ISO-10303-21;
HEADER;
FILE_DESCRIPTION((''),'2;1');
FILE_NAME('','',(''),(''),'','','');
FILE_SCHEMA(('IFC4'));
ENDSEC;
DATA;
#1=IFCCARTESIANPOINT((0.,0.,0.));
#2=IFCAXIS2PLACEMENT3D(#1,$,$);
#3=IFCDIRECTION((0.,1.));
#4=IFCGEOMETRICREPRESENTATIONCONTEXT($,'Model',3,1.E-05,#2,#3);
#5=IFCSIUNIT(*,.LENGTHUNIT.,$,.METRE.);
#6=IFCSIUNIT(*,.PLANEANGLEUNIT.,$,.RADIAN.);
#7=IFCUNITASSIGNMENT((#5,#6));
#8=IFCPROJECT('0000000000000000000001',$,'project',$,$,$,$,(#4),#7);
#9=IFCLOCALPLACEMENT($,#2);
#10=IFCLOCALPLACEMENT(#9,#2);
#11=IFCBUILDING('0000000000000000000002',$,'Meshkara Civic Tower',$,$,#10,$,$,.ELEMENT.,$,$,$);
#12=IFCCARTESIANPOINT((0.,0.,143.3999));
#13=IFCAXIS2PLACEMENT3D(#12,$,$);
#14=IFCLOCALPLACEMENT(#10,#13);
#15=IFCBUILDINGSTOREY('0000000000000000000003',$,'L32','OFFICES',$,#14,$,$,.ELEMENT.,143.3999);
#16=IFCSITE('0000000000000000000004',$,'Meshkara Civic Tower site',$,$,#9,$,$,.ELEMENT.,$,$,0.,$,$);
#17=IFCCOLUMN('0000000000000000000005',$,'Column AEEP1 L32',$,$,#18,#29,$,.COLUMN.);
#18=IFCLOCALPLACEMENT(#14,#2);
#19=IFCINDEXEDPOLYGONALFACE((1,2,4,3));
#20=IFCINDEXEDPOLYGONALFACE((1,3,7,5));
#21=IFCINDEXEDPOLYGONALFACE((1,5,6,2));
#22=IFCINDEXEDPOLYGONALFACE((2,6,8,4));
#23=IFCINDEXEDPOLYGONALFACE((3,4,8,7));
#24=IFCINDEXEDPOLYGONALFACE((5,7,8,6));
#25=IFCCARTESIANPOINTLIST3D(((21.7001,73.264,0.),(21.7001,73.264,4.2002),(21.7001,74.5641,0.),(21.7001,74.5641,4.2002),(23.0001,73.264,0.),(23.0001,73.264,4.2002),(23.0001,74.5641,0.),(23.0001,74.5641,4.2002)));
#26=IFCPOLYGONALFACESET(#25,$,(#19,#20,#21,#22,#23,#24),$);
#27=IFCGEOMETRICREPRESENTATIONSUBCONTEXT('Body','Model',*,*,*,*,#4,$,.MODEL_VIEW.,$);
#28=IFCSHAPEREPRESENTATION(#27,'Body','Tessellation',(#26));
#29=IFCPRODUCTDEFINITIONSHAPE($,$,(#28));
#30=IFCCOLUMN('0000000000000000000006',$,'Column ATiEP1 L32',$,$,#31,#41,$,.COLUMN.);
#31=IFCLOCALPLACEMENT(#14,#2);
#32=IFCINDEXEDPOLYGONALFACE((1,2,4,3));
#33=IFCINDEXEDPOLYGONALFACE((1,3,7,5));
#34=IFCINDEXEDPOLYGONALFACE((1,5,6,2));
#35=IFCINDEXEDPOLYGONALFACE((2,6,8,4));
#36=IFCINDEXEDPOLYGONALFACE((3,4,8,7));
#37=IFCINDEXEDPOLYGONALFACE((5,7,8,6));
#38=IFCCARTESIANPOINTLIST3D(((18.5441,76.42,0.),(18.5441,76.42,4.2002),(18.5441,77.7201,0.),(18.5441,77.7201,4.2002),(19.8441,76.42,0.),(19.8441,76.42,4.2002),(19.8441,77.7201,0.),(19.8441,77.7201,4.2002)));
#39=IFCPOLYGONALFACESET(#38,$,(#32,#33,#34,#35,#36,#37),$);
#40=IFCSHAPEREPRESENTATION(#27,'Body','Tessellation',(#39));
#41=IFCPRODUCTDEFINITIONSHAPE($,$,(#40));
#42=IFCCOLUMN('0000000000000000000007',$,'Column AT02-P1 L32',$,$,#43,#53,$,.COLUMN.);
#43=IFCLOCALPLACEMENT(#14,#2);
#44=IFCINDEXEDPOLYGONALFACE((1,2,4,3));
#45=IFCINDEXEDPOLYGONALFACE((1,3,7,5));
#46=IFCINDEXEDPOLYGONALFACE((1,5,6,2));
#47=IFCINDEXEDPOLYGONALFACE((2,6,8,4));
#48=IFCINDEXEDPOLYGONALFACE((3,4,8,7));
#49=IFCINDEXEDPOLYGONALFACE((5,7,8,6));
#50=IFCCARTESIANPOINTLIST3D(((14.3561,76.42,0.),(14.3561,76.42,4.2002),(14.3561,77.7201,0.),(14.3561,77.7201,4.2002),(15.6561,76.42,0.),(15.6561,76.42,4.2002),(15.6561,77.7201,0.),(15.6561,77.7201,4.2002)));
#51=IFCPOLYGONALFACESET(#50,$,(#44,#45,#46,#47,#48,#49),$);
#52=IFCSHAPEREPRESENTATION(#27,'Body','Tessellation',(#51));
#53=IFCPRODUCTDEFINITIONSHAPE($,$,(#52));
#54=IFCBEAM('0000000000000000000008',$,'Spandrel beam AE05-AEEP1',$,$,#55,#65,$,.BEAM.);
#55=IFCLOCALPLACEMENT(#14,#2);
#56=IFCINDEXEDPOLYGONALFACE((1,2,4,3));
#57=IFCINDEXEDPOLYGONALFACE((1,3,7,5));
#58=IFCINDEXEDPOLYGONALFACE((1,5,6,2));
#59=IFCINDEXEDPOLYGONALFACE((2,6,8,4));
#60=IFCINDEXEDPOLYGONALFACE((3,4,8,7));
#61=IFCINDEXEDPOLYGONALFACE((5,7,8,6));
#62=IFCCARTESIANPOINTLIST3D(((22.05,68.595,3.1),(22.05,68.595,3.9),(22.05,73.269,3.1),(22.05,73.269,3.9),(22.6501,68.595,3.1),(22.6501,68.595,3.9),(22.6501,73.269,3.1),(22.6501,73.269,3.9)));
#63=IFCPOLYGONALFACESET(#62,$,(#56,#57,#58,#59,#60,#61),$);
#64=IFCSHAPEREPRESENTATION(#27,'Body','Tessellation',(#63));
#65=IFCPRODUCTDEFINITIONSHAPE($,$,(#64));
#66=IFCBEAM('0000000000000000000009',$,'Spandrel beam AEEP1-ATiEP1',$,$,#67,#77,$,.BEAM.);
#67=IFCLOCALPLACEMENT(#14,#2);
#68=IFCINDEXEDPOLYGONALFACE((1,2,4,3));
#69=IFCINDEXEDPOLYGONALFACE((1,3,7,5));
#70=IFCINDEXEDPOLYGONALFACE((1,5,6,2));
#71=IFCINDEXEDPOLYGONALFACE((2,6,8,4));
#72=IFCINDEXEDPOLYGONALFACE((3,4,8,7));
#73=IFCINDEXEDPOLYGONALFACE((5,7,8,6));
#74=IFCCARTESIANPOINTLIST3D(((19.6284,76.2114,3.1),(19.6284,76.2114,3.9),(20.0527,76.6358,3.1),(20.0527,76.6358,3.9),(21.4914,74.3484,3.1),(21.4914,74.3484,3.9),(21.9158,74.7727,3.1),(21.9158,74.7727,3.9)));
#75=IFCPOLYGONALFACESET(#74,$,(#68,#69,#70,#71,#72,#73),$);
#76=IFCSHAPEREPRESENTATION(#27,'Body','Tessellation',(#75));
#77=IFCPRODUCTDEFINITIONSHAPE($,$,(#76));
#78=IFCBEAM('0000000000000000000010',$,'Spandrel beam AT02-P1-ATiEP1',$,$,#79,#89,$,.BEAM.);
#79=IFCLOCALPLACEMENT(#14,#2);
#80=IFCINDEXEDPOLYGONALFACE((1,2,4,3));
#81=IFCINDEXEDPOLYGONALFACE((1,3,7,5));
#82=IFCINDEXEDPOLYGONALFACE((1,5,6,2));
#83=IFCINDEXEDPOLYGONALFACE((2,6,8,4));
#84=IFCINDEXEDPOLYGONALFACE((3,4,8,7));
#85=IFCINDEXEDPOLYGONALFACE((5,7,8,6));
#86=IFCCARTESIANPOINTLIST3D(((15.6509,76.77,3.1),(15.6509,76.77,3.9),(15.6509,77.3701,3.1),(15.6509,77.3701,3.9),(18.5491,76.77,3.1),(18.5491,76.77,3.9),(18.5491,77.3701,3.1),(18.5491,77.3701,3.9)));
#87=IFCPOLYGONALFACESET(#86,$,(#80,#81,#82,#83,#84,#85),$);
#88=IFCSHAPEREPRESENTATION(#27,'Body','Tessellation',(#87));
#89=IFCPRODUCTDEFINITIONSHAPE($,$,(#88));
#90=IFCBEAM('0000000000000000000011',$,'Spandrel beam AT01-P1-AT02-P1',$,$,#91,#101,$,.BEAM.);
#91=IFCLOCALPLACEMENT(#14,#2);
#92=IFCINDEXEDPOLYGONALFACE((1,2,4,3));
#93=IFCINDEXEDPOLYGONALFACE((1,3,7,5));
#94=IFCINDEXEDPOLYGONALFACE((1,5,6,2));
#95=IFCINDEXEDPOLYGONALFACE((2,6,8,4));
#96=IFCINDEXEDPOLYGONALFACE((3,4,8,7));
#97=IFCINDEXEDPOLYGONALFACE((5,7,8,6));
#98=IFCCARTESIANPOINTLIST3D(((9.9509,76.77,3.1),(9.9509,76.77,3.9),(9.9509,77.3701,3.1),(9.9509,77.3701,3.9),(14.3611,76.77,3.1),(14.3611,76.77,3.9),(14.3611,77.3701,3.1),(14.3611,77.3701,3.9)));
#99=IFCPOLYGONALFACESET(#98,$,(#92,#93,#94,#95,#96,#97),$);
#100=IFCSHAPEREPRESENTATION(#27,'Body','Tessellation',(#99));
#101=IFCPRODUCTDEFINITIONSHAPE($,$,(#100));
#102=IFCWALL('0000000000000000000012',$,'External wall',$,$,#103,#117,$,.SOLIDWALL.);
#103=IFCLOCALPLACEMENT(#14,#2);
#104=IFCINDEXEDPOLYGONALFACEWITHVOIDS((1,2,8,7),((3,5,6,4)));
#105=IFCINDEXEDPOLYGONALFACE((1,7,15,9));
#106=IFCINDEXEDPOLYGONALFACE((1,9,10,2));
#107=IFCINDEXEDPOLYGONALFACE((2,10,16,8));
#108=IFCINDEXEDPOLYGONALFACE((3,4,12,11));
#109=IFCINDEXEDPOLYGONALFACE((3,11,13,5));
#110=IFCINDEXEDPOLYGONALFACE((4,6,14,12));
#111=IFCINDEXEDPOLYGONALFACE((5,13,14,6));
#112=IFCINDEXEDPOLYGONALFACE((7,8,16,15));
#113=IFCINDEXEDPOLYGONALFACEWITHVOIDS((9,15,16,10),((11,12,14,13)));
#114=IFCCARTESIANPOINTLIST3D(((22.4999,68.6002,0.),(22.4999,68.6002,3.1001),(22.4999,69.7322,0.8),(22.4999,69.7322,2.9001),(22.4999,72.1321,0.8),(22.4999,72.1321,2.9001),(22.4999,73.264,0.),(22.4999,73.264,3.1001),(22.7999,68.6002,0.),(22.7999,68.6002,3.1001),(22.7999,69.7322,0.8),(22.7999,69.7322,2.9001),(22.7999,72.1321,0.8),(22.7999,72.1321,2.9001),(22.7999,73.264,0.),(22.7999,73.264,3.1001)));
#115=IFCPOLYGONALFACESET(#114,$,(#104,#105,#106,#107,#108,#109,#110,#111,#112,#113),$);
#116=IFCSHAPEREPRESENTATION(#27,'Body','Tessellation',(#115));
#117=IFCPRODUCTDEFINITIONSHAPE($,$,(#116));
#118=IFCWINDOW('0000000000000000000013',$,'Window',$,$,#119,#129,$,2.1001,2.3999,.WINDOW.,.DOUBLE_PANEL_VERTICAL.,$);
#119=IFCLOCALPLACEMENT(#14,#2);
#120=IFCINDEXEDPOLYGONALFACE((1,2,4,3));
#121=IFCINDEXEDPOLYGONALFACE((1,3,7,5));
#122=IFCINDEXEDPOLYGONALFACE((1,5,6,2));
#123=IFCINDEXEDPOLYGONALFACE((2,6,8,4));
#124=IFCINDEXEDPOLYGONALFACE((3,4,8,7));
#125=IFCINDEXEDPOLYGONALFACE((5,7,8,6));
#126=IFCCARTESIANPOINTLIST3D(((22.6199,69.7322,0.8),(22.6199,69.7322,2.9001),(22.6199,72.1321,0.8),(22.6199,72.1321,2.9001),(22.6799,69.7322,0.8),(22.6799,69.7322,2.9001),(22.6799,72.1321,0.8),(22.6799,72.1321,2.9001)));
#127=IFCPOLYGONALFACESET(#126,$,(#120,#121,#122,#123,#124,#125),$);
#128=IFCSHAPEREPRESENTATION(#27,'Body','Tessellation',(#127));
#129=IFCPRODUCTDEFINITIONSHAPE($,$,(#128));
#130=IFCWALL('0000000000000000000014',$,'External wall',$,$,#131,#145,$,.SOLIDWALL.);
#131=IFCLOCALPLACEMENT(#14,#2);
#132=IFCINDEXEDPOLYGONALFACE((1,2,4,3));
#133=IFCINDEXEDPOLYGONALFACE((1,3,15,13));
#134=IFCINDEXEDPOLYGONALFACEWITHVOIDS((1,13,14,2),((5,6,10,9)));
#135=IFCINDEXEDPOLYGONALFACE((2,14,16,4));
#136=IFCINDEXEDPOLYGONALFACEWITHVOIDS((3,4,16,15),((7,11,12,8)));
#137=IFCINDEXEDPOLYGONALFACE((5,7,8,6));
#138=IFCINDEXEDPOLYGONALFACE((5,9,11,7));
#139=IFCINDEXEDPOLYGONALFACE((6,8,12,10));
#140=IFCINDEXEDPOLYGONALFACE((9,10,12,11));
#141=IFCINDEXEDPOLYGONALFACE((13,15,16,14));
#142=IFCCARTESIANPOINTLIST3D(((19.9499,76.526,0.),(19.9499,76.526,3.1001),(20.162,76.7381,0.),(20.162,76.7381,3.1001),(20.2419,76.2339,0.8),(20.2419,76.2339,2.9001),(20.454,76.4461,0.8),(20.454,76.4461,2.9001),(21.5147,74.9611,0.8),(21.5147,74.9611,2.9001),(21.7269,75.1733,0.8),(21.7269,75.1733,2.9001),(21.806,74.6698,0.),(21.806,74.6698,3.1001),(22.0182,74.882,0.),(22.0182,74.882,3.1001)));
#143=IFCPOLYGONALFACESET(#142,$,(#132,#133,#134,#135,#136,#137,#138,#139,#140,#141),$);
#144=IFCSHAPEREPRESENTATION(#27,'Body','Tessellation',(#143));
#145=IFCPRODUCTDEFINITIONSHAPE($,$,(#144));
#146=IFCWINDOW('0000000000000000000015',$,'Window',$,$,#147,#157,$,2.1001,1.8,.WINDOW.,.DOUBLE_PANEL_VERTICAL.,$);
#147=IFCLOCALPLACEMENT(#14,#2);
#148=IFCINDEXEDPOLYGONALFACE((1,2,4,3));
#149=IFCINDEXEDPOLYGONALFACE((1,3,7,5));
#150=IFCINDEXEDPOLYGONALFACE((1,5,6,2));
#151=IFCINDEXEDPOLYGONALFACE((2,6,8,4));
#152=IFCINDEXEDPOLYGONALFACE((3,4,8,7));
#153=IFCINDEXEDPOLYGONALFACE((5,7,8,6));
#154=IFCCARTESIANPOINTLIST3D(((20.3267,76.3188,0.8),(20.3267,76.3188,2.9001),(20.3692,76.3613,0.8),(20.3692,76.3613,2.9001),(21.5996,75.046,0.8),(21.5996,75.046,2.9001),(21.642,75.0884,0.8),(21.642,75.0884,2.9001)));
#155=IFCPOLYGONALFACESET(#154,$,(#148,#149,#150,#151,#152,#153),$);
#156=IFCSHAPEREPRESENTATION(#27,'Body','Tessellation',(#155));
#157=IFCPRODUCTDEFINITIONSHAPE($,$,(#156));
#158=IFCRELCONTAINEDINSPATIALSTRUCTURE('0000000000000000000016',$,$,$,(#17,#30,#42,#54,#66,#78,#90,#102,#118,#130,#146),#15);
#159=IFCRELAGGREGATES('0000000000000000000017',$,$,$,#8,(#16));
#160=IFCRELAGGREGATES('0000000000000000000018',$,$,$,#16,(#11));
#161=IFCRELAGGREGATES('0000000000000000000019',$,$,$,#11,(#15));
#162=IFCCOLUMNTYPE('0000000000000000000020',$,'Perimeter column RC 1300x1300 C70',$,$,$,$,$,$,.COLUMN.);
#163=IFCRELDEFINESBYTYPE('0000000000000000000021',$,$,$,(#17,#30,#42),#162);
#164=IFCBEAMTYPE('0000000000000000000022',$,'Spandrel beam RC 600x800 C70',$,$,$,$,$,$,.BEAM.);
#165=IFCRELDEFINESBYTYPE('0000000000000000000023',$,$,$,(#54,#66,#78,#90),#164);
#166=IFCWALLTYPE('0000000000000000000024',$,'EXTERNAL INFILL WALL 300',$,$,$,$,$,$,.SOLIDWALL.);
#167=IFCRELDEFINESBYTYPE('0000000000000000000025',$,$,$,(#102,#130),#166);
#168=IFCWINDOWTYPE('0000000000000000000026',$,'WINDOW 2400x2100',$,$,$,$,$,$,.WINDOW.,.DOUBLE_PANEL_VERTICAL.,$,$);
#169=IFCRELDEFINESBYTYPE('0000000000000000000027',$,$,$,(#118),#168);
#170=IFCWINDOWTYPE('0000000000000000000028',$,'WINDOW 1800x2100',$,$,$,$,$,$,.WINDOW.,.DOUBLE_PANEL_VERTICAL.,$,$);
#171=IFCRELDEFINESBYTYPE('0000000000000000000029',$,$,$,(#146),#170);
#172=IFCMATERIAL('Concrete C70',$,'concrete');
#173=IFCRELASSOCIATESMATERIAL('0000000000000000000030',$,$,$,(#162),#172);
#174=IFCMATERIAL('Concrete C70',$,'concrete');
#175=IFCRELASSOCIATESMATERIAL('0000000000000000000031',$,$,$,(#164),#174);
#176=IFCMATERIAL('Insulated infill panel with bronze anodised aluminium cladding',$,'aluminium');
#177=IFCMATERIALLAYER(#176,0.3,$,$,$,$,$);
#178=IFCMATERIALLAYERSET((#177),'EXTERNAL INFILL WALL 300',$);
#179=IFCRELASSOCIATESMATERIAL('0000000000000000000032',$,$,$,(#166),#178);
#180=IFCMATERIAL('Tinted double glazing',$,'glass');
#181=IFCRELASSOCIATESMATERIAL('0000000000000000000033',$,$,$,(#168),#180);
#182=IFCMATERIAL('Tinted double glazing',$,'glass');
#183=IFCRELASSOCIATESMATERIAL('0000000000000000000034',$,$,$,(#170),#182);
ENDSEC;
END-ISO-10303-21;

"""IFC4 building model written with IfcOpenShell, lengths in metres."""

from ifc_helpers import new_model, si_unit, direction, frame, frame_2d, origin, origin_2d, place, context, subcontext, project, spatial, rectangle, extrude, material, layer, layer_set, material_profile, profile_set, type_object, element, fill, save


model = new_model("IFC4")

# Units and contexts
model_context = context("Model", 3, precision=1e-05, world=origin(), true_north=direction((0.0, 1.0)))
body_context = subcontext(model_context, "Body", "Model", "MODEL_VIEW")
ifc_project = project(units=[si_unit("LENGTHUNIT", "METRE"), si_unit("PLANEANGLEUNIT", "RADIAN")], contexts=[model_context])

# Site, building, storey
site_placement = place(None, origin())
site = spatial("IfcSite", under=ifc_project, at=site_placement, Name="Meshkara Civic Tower site", CompositionType="ELEMENT", RefElevation=0.0)
building_placement = place(site_placement, origin())
building = spatial("IfcBuilding", under=site, at=building_placement, Name="Meshkara Civic Tower", CompositionType="ELEMENT")
storey_placement = place(building_placement, frame((0.0, 0.0, 143.3999)))
storey = spatial("IfcBuildingStorey", under=building, at=storey_placement, Name="L32", Description="OFFICES", CompositionType="ELEMENT", Elevation=143.3999)

# Columns
ifc_material_1 = material(Name="Concrete C70", Category="concrete")
ifc_material_profile_1 = material_profile(ifc_material_1, rectangle(XDim=1.3, YDim=1.3, at=origin_2d()))
ifc_profile_set_1 = profile_set([ifc_material_profile_1], Name="Concrete C70")
column_type = type_object("IfcColumnType", Name="Perimeter column RC 1300x1300 C70", PredefinedType="COLUMN", material=ifc_profile_set_1)
for number, where, z_axis, x_axis, name in (
    (1, (22.3501, 73.9141, 0.0), (0.0, 0.0, 1.0), (1.0, 0.0, 0.0), "Column AEEP1 L32"),
    (2, (19.1941, 77.0701, 0.0), (0.0, 0.0, 1.0), (1.0, 0.0, 0.0), "Column ATiEP1 L32"),
    (3, (15.0061, 77.0701, 0.0), (0.0, 0.0, 1.0), (1.0, 0.0, 0.0), "Column AT02-P1 L32"),
):
    element("IfcColumn", number, at=place(storey_placement, frame(where, z_axis=z_axis, x_axis=x_axis)), inside=storey, type_object=column_type, Name=name, PredefinedType="COLUMN", context=body_context, shape_type="SweptSolid", body=[
        extrude(rectangle(XDim=1.3, YDim=1.3, at=origin_2d()), origin(), (0.0, 0.0, 1.0), 4.2002),
    ])

# Beams
ifc_material_2 = material(Name="Concrete C70", Category="concrete")
ifc_material_profile_2 = material_profile(ifc_material_2, rectangle(XDim=0.6001, YDim=0.8, at=origin_2d()))
ifc_profile_set_2 = profile_set([ifc_material_profile_2], Name="Concrete C70")
beam_type = type_object("IfcBeamType", Name="Spandrel beam RC 600x800 C70", PredefinedType="BEAM", material=ifc_profile_set_2)
beam_1_placement = place(storey_placement, frame((22.3501, 68.595, 3.5), z_axis=(0.0, 1.0, 0.0), x_axis=(-1.0, 0.0, 0.0)))
element("IfcBeam", 4, at=beam_1_placement, inside=storey, type_object=beam_type, Name="Spandrel beam AE05-AEEP1", PredefinedType="BEAM", context=body_context, shape_type="SweptSolid", body=[
    extrude(rectangle(XDim=0.6001, YDim=0.8, at=origin_2d()), origin(), (0.0, 0.0, 1.0), 4.6741),
])
beam_2_placement = place(storey_placement, frame((21.7036, 74.5605, 3.5), z_axis=(-0.707107, 0.707107, 0.0), x_axis=(-0.707107, -0.707107, 0.0)))
element("IfcBeam", 5, at=beam_2_placement, inside=storey, type_object=beam_type, Name="Spandrel beam AEEP1-ATiEP1", PredefinedType="BEAM", context=body_context, shape_type="SweptSolid", body=[
    extrude(rectangle(XDim=0.6001, YDim=0.8, at=origin_2d()), origin(), (0.0, 0.0, 1.0), 2.6348),
])
beam_3_placement = place(storey_placement, frame((18.5491, 77.0701, 3.5), z_axis=(-1.0, 0.0, 0.0), x_axis=(0.0, -1.0, 0.0)))
element("IfcBeam", 6, at=beam_3_placement, inside=storey, type_object=beam_type, Name="Spandrel beam AT02-P1-ATiEP1", PredefinedType="BEAM", context=body_context, shape_type="SweptSolid", body=[
    extrude(rectangle(XDim=0.6001, YDim=0.8, at=origin_2d()), origin(), (0.0, 0.0, 1.0), 2.8982),
])
beam_4_placement = place(storey_placement, frame((14.3611, 77.0701, 3.5), z_axis=(-1.0, 0.0, 0.0), x_axis=(0.0, -1.0, 0.0)))
element("IfcBeam", 7, at=beam_4_placement, inside=storey, type_object=beam_type, Name="Spandrel beam AT01-P1-AT02-P1", PredefinedType="BEAM", context=body_context, shape_type="SweptSolid", body=[
    extrude(rectangle(XDim=0.6001, YDim=0.8, at=origin_2d()), origin(), (0.0, 0.0, 1.0), 4.4102),
])

# Walls, openings, windows
ifc_material_3 = material(Name="Insulated infill panel with bronze anodised aluminium cladding", Category="aluminium")
ifc_layer = layer(ifc_material_3, 0.3)
ifc_layer_set = layer_set([ifc_layer], Name="EXTERNAL INFILL WALL 300")
wall_type = type_object("IfcWallType", Name="EXTERNAL INFILL WALL 300", PredefinedType="SOLIDWALL", material=ifc_layer_set)
wall_1_placement = place(storey_placement, frame((22.6499, 68.6001, 0.0), z_axis=(0.0, 0.0, 1.0), x_axis=(0.0, 1.0, 0.0)))
wall_1 = element("IfcWall", 8, at=wall_1_placement, inside=storey, type_object=wall_type, Name="External wall", PredefinedType="SOLIDWALL", context=body_context, shape_type="SweptSolid", body=[
    extrude(rectangle(XDim=4.6638, YDim=0.3, at=frame_2d((2.332, 0.0))), origin(), (0.0, 0.0, 1.0), 3.1001),
])
opening_1_placement = place(wall_1_placement, frame((1.1321, 0.0, 0.8)))
opening_1 = element("IfcOpeningElement", 9, at=opening_1_placement, cuts=wall_1, PredefinedType="OPENING", context=body_context, shape_type="SweptSolid", body=[
    extrude(rectangle(XDim=2.3999, YDim=2.1001, at=frame_2d((1.2, 1.05))), frame((0.0, 0.1599, 0.0), z_axis=(0.0, -1.0, 0.0), x_axis=(1.0, 0.0, 0.0)), (0.0, 0.0, 1.0), 0.3201),
])
ifc_material_4 = material(Name="Tinted double glazing", Category="glass")
window_type_1 = type_object("IfcWindowType", Name="WINDOW 2400x2100", PartitioningType="DOUBLE_PANEL_VERTICAL", PredefinedType="WINDOW", material=ifc_material_4)
window_1_placement = place(opening_1_placement, origin())
window_1 = element("IfcWindow", 10, at=window_1_placement, inside=storey, type_object=window_type_1, Name="Window", OverallHeight=2.1001, OverallWidth=2.3999, PartitioningType="DOUBLE_PANEL_VERTICAL", PredefinedType="WINDOW", context=body_context, shape_type="SweptSolid", body=[
    extrude(rectangle(XDim=2.3999, YDim=2.1001, at=frame_2d((1.2, 1.05))), frame((0.0, 0.03, 0.0), z_axis=(0.0, -1.0, 0.0), x_axis=(1.0, 0.0, 0.0)), (0.0, 0.0, 1.0), 0.0601),
])
fill(opening_1, window_1)
wall_2_placement = place(storey_placement, frame((21.9121, 74.7759, 0.0), z_axis=(0.0, 0.0, 1.0), x_axis=(-0.707107, 0.707107, 0.0)))
wall_2 = element("IfcWall", 11, at=wall_2_placement, inside=storey, type_object=wall_type, Name="External wall", PredefinedType="SOLIDWALL", context=body_context, shape_type="SweptSolid", body=[
    extrude(rectangle(XDim=2.625, YDim=0.3, at=frame_2d((1.3125, 0.0))), origin(), (0.0, 0.0, 1.0), 3.1001),
])
opening_2_placement = place(wall_2_placement, frame((0.4121, 0.0, 0.8)))
opening_2 = element("IfcOpeningElement", 12, at=opening_2_placement, cuts=wall_2, PredefinedType="OPENING", context=body_context, shape_type="SweptSolid", body=[
    extrude(rectangle(XDim=1.8, YDim=2.1001, at=frame_2d((0.8999, 1.05))), frame((0.0, 0.1599, 0.0), z_axis=(0.0, -1.0, 0.0), x_axis=(1.0, 0.0, 0.0)), (0.0, 0.0, 1.0), 0.3201),
])
ifc_material_5 = material(Name="Tinted double glazing", Category="glass")
window_type_2 = type_object("IfcWindowType", Name="WINDOW 1800x2100", PartitioningType="DOUBLE_PANEL_VERTICAL", PredefinedType="WINDOW", material=ifc_material_5)
window_2_placement = place(opening_2_placement, origin())
window_2 = element("IfcWindow", 13, at=window_2_placement, inside=storey, type_object=window_type_2, Name="Window", OverallHeight=2.1001, OverallWidth=1.8, PartitioningType="DOUBLE_PANEL_VERTICAL", PredefinedType="WINDOW", context=body_context, shape_type="SweptSolid", body=[
    extrude(rectangle(XDim=1.8, YDim=2.1001, at=frame_2d((0.8999, 1.05))), frame((0.0, 0.03, 0.0), z_axis=(0.0, -1.0, 0.0), x_axis=(1.0, 0.0, 0.0)), (0.0, 0.0, 1.0), 0.0601),
])
fill(opening_2, window_2)

save(model, "model.ifc")
